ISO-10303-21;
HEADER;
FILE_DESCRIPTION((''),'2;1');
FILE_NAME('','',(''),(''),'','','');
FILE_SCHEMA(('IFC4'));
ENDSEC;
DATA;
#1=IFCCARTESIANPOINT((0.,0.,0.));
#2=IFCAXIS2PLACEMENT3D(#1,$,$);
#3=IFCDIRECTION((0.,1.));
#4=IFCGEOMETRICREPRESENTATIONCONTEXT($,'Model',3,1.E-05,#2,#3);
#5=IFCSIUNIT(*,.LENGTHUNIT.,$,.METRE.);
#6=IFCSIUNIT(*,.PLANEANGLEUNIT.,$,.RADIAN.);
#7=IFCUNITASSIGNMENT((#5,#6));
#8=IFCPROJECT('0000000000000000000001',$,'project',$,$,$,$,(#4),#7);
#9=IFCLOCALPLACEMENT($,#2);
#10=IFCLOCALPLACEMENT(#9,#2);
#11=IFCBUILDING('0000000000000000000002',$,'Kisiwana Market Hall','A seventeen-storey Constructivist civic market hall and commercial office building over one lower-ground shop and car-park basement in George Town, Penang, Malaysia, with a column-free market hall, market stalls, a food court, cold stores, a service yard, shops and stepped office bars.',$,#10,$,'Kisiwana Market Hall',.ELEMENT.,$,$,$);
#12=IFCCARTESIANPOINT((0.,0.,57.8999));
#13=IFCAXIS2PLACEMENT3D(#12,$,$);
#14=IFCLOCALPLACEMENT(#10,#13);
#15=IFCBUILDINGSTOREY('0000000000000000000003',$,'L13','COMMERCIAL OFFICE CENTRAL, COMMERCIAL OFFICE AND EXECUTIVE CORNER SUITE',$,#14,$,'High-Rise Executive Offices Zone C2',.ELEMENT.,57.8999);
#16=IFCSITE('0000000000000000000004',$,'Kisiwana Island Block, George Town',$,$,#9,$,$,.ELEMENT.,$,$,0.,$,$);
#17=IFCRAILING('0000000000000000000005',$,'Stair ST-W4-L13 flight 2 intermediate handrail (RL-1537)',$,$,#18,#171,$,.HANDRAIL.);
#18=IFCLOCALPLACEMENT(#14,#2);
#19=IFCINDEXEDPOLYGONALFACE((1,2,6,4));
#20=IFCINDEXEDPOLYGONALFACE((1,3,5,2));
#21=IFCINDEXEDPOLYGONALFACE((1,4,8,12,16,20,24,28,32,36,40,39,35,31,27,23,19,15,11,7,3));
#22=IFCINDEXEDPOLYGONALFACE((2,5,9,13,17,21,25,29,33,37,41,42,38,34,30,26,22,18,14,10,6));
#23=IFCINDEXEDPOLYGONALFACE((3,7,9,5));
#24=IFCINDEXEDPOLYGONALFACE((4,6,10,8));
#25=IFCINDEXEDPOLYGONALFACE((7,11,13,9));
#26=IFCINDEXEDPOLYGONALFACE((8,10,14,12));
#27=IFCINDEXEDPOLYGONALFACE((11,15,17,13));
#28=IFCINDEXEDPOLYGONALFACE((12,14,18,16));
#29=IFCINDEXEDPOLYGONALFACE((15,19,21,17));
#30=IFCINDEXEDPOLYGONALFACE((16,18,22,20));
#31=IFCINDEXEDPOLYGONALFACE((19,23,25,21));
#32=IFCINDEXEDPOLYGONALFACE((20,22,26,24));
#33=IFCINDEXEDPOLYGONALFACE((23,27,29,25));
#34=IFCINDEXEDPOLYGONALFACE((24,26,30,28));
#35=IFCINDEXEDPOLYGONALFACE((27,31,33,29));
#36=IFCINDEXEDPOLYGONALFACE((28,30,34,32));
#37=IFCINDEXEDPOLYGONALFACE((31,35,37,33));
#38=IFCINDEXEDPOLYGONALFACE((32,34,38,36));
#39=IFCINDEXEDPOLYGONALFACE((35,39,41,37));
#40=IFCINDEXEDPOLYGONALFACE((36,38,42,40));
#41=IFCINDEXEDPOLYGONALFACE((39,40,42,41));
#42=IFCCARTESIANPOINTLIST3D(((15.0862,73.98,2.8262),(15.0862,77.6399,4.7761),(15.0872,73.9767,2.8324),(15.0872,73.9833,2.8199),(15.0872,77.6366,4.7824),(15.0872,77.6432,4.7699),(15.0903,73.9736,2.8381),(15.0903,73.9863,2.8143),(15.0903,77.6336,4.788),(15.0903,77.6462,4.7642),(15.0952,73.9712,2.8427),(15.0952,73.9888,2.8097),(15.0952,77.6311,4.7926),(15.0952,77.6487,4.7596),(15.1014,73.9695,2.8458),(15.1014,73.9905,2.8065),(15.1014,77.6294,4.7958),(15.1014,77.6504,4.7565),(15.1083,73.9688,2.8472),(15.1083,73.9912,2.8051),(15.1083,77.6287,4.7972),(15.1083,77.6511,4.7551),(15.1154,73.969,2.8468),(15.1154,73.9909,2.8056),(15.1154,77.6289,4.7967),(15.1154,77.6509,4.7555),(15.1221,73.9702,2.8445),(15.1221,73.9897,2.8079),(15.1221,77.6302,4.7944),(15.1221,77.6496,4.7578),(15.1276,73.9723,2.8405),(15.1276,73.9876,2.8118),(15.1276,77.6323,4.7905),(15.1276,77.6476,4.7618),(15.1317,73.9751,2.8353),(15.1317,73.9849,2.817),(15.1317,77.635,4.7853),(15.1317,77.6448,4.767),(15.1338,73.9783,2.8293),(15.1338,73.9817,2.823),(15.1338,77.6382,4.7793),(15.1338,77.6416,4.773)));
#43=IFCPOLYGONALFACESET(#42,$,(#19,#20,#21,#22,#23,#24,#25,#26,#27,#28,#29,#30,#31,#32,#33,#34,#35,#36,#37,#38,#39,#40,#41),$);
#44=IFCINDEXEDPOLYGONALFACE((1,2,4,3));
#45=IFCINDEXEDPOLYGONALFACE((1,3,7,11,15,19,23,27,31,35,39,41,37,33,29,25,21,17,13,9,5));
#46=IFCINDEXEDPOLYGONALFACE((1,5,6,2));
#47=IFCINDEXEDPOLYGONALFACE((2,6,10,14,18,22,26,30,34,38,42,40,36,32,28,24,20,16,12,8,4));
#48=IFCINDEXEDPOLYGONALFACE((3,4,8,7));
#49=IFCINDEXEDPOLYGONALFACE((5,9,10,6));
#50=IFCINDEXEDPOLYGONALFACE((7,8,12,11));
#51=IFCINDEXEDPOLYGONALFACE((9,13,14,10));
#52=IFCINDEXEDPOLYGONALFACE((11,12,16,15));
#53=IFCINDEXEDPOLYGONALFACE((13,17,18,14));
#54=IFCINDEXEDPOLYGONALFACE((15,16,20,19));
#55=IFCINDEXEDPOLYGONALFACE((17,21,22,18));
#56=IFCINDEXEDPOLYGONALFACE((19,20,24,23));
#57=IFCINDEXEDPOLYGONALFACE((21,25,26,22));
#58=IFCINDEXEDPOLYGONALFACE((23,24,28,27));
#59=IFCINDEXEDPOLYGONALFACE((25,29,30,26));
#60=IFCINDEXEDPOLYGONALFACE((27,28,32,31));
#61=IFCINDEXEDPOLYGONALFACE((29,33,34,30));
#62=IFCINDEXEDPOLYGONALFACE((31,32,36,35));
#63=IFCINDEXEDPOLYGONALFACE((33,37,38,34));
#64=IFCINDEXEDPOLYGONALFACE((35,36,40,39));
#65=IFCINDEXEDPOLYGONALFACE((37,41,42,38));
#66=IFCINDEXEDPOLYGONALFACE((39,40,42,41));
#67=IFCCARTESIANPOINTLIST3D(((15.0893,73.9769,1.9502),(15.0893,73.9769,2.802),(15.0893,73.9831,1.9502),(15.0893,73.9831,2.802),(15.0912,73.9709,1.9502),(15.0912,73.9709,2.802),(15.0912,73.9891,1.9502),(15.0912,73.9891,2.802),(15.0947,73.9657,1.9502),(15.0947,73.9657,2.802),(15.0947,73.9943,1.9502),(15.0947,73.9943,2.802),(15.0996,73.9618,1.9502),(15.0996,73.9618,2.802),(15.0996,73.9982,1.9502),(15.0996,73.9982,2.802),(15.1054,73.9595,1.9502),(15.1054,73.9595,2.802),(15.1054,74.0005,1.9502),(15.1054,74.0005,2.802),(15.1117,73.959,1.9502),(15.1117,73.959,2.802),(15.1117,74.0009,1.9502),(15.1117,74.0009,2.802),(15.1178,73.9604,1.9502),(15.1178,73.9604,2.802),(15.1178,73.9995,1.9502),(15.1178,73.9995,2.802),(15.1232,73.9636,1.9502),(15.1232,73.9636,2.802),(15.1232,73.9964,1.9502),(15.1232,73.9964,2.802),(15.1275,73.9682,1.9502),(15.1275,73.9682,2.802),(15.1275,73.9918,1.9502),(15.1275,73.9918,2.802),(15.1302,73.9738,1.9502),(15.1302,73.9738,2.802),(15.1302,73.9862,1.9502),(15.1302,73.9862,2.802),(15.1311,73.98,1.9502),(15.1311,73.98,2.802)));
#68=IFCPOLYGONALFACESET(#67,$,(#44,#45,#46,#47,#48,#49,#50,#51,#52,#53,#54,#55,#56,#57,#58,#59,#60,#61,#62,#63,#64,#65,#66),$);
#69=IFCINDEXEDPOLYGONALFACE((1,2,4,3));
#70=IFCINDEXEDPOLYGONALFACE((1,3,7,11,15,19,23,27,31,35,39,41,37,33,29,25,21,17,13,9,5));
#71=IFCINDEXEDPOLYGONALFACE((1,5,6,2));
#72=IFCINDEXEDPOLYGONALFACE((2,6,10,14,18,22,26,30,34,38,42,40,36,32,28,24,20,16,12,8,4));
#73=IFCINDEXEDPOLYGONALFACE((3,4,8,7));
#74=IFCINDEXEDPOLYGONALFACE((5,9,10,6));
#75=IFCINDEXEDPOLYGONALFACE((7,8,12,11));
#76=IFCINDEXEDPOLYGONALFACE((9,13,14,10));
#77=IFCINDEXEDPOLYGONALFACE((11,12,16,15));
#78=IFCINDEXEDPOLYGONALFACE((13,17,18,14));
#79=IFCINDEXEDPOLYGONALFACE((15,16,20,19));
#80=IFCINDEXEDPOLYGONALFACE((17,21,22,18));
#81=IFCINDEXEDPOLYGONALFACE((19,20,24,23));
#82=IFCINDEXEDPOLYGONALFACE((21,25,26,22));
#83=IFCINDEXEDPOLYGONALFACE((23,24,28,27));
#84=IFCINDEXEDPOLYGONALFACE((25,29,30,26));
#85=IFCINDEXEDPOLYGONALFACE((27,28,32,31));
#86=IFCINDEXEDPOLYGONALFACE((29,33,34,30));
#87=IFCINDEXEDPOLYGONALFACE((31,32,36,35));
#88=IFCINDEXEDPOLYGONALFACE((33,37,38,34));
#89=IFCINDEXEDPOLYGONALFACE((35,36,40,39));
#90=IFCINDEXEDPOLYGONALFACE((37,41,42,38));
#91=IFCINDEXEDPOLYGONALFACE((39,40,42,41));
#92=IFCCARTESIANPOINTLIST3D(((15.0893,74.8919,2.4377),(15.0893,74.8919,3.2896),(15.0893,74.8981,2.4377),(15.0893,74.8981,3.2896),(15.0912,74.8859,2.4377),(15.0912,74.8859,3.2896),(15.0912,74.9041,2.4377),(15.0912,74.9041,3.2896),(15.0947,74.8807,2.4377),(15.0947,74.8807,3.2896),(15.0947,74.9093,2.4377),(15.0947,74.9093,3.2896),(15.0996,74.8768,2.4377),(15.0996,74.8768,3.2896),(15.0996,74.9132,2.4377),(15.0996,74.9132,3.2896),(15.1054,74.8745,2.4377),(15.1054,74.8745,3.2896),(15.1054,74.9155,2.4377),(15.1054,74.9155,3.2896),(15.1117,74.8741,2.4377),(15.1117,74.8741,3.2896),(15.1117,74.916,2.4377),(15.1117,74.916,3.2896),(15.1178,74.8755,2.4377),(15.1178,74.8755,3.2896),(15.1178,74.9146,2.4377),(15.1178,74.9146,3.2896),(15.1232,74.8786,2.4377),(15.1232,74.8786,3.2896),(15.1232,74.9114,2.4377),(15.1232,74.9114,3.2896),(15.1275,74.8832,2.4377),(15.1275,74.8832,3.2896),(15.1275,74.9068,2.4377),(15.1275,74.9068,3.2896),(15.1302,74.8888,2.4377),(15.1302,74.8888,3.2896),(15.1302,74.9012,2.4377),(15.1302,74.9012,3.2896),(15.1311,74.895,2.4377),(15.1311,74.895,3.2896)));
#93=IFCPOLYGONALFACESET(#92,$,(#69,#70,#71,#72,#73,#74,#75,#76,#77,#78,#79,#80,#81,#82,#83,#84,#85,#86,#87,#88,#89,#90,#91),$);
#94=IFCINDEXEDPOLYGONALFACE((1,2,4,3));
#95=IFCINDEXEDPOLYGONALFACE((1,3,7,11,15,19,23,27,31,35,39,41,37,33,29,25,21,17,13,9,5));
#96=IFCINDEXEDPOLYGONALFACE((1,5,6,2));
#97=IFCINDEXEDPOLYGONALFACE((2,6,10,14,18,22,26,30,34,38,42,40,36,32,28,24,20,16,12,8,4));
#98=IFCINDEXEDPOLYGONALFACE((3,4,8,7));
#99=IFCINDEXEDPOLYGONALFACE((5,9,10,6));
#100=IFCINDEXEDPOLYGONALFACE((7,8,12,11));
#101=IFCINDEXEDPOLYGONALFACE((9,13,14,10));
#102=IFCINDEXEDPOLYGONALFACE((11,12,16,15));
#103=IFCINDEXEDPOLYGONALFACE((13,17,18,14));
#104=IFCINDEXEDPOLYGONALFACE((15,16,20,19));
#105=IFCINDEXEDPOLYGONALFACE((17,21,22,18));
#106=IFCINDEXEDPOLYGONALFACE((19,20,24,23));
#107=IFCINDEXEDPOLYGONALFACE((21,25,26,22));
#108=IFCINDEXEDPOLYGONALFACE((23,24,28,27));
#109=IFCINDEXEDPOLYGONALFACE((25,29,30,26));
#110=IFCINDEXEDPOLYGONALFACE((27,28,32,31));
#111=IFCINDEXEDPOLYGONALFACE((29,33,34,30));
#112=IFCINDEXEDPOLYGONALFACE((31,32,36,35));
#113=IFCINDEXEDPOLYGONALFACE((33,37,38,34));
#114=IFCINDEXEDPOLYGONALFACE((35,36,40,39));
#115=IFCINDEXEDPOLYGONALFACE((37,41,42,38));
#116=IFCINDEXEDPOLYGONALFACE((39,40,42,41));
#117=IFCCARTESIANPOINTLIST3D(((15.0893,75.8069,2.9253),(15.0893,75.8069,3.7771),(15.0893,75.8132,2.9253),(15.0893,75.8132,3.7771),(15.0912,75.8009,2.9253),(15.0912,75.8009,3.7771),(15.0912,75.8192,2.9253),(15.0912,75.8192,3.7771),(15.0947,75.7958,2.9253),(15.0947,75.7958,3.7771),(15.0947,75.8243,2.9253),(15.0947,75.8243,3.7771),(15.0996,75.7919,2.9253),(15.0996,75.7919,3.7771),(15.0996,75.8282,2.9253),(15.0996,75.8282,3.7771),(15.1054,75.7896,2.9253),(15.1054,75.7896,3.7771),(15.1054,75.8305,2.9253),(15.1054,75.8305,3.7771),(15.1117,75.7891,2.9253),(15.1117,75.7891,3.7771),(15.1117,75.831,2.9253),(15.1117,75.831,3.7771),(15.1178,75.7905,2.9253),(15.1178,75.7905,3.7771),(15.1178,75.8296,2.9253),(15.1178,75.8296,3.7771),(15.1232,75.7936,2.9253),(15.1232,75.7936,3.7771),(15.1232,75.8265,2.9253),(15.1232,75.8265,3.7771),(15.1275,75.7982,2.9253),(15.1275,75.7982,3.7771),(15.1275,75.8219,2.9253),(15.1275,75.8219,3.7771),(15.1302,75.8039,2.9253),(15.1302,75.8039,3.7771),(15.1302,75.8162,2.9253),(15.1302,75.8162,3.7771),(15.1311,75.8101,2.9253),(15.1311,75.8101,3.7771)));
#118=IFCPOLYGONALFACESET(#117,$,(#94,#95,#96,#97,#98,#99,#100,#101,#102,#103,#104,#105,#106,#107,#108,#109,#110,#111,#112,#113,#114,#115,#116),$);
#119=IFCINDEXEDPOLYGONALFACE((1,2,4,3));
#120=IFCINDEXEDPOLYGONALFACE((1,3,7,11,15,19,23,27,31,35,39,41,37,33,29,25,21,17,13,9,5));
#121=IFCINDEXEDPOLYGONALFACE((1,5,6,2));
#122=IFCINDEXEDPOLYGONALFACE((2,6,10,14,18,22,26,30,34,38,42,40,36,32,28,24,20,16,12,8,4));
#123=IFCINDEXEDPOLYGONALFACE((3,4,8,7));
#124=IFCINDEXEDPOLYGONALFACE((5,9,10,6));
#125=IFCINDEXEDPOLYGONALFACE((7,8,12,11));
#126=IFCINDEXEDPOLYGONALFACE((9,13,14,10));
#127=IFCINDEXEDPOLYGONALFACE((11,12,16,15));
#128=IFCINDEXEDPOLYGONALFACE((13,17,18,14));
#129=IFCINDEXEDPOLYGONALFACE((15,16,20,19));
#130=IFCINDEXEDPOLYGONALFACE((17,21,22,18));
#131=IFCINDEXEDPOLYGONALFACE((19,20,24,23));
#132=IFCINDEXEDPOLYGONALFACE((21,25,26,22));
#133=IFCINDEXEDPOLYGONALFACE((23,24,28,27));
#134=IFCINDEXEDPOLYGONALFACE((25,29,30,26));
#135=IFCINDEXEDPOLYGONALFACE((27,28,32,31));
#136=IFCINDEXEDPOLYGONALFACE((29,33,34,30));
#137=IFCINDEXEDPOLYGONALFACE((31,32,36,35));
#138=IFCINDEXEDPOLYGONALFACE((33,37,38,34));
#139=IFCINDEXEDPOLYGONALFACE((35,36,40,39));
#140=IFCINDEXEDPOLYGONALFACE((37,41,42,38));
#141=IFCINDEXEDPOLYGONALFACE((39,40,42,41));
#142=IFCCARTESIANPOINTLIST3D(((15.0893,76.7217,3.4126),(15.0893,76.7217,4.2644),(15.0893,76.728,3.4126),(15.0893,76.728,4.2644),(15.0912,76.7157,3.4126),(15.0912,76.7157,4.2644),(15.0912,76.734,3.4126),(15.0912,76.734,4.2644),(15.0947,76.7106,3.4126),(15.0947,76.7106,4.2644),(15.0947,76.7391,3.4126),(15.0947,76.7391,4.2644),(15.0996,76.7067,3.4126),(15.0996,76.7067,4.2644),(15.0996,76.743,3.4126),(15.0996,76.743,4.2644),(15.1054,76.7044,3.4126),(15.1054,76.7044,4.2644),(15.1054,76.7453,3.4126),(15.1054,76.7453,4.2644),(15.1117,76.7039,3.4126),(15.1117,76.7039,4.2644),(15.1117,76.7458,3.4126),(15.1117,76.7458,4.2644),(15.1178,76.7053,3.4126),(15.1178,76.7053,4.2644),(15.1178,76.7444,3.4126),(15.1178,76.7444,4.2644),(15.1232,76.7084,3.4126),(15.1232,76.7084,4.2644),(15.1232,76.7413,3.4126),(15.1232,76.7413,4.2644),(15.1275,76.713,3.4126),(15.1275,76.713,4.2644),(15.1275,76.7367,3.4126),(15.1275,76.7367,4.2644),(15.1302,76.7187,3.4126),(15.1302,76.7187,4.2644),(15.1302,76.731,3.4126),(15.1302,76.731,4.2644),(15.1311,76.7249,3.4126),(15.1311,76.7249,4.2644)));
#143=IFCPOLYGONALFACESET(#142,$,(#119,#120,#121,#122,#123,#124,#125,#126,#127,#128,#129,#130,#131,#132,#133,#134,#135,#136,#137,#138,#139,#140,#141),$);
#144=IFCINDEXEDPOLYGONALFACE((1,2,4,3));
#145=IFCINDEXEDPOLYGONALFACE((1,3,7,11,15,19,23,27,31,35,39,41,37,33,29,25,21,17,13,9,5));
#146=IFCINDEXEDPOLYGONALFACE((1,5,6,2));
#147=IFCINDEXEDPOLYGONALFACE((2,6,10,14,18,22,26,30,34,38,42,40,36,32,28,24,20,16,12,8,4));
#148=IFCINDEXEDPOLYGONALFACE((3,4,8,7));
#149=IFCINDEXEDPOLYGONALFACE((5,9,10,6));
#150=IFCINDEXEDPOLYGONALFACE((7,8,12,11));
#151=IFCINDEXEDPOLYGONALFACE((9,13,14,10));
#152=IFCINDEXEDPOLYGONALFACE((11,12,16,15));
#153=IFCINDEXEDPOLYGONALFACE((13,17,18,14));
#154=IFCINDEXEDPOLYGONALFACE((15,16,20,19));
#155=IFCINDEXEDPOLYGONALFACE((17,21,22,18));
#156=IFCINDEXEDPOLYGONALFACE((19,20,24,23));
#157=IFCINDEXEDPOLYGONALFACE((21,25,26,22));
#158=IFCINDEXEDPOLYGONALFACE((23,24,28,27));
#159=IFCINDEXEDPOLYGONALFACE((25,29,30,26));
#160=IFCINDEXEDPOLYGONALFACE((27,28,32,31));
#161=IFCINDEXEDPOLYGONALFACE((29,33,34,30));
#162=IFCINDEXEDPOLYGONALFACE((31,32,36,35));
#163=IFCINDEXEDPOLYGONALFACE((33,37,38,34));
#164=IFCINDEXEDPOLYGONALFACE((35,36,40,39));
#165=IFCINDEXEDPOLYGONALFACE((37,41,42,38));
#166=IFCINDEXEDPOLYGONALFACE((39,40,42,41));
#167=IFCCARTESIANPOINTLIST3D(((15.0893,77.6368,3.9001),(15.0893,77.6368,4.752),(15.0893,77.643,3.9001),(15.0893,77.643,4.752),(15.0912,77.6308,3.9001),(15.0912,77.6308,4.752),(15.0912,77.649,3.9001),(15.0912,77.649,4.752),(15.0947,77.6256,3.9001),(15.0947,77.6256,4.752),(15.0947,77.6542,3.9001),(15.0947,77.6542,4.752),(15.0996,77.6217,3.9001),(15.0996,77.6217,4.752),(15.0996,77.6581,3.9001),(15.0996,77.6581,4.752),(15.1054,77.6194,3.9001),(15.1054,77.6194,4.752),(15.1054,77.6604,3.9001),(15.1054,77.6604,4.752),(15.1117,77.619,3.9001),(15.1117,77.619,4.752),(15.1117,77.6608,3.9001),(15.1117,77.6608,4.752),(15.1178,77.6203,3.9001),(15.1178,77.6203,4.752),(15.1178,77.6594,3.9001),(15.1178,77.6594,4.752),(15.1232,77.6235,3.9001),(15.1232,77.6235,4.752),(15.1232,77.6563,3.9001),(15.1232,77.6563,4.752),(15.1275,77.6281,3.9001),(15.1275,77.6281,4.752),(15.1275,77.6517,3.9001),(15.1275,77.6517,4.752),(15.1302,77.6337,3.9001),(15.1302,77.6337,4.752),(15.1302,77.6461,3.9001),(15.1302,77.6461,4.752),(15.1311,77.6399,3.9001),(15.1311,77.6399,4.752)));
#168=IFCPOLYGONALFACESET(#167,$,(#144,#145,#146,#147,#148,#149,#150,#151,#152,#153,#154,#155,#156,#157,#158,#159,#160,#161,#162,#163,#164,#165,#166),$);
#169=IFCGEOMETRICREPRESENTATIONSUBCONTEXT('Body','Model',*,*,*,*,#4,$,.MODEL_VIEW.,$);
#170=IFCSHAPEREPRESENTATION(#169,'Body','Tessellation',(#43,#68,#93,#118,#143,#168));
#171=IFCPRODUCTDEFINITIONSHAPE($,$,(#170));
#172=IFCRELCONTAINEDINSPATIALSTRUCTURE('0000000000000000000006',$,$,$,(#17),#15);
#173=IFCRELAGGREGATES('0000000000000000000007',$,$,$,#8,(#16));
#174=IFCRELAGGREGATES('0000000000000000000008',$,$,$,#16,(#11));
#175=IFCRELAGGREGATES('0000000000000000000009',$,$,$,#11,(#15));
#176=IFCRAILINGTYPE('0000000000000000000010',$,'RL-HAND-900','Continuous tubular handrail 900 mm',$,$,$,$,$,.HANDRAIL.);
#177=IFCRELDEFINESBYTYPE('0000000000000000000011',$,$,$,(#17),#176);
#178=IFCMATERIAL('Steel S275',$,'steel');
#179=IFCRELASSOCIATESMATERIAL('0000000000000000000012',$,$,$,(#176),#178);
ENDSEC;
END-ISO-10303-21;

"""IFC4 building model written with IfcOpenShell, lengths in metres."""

from ifc_helpers import new_model, si_unit, direction, frame, origin, origin_2d, place, context, subcontext, project, spatial, circle, extrude, material, type_object, element, save


model = new_model("IFC4")

# Units and contexts
model_context = context("Model", 3, precision=1e-05, world=origin(), true_north=direction((0.0, 1.0)))
body_context = subcontext(model_context, "Body", "Model", "MODEL_VIEW")
ifc_project = project(units=[si_unit("LENGTHUNIT", "METRE"), si_unit("PLANEANGLEUNIT", "RADIAN")], contexts=[model_context])

# Site, building, storey
site_placement = place(None, origin())
site = spatial("IfcSite", under=ifc_project, at=site_placement, Name="Kisiwana Island Block, George Town", CompositionType="ELEMENT", RefElevation=0.0)
building_placement = place(site_placement, origin())
building = spatial("IfcBuilding", under=site, at=building_placement, Name="Kisiwana Market Hall", Description="A seventeen-storey Constructivist civic market hall and commercial office building over one lower-ground shop and car-park basement in George Town, Penang, Malaysia, with a column-free market hall, market stalls, a food court, cold stores, a service yard, shops and stepped office bars.", LongName="Kisiwana Market Hall", CompositionType="ELEMENT")
storey_placement = place(building_placement, frame((0.0, 0.0, 57.8999)))
storey = spatial("IfcBuildingStorey", under=building, at=storey_placement, Name="L13", Description="COMMERCIAL OFFICE CENTRAL, COMMERCIAL OFFICE AND EXECUTIVE CORNER SUITE", LongName="High-Rise Executive Offices Zone C2", CompositionType="ELEMENT", Elevation=57.8999)

# Railing
ifc_material_1 = material(Name="Steel S275", Category="steel")
railing_type_1 = type_object("IfcRailingType", Name="RL-HAND-900", Description="Continuous tubular handrail 900 mm", PredefinedType="HANDRAIL", material=ifc_material_1)
for number, where, name in (
    (1, (15.1101, 73.98, 1.9502), "Stair ST-W4-L13 flight 2 intermediate handrail (RL-1537)"),
):
    element("IfcRailing", number, at=place(storey_placement, frame(where)), inside=storey, type_object=railing_type_1, Name=name, PredefinedType="HANDRAIL", context=body_context, shape_type="SweptSolid", body=[
        extrude(circle(Radius=0.0239, at=origin_2d()), frame((0.0, 0.0, 0.876), z_axis=(0.0, 0.882553, 0.470212), x_axis=(-1.0, 0.0, 0.0)), (0.0, 0.0, 1.0), 4.147),
        extrude(circle(Radius=0.021, at=origin_2d()), origin(), (0.0, 0.0, 1.0), 0.8518),
        extrude(circle(Radius=0.021, at=origin_2d()), frame((0.0, 0.915, 0.4875)), (0.0, 0.0, 1.0), 0.8518),
        extrude(circle(Radius=0.021, at=origin_2d()), frame((0.0, 1.8301, 0.9751)), (0.0, 0.0, 1.0), 0.8518),
        extrude(circle(Radius=0.021, at=origin_2d()), frame((0.0, 2.7449, 1.4624)), (0.0, 0.0, 1.0), 0.8518),
        extrude(circle(Radius=0.021, at=origin_2d()), frame((0.0, 3.6599, 1.95)), (0.0, 0.0, 1.0), 0.8518),
    ])

save(model, "model.ifc")
